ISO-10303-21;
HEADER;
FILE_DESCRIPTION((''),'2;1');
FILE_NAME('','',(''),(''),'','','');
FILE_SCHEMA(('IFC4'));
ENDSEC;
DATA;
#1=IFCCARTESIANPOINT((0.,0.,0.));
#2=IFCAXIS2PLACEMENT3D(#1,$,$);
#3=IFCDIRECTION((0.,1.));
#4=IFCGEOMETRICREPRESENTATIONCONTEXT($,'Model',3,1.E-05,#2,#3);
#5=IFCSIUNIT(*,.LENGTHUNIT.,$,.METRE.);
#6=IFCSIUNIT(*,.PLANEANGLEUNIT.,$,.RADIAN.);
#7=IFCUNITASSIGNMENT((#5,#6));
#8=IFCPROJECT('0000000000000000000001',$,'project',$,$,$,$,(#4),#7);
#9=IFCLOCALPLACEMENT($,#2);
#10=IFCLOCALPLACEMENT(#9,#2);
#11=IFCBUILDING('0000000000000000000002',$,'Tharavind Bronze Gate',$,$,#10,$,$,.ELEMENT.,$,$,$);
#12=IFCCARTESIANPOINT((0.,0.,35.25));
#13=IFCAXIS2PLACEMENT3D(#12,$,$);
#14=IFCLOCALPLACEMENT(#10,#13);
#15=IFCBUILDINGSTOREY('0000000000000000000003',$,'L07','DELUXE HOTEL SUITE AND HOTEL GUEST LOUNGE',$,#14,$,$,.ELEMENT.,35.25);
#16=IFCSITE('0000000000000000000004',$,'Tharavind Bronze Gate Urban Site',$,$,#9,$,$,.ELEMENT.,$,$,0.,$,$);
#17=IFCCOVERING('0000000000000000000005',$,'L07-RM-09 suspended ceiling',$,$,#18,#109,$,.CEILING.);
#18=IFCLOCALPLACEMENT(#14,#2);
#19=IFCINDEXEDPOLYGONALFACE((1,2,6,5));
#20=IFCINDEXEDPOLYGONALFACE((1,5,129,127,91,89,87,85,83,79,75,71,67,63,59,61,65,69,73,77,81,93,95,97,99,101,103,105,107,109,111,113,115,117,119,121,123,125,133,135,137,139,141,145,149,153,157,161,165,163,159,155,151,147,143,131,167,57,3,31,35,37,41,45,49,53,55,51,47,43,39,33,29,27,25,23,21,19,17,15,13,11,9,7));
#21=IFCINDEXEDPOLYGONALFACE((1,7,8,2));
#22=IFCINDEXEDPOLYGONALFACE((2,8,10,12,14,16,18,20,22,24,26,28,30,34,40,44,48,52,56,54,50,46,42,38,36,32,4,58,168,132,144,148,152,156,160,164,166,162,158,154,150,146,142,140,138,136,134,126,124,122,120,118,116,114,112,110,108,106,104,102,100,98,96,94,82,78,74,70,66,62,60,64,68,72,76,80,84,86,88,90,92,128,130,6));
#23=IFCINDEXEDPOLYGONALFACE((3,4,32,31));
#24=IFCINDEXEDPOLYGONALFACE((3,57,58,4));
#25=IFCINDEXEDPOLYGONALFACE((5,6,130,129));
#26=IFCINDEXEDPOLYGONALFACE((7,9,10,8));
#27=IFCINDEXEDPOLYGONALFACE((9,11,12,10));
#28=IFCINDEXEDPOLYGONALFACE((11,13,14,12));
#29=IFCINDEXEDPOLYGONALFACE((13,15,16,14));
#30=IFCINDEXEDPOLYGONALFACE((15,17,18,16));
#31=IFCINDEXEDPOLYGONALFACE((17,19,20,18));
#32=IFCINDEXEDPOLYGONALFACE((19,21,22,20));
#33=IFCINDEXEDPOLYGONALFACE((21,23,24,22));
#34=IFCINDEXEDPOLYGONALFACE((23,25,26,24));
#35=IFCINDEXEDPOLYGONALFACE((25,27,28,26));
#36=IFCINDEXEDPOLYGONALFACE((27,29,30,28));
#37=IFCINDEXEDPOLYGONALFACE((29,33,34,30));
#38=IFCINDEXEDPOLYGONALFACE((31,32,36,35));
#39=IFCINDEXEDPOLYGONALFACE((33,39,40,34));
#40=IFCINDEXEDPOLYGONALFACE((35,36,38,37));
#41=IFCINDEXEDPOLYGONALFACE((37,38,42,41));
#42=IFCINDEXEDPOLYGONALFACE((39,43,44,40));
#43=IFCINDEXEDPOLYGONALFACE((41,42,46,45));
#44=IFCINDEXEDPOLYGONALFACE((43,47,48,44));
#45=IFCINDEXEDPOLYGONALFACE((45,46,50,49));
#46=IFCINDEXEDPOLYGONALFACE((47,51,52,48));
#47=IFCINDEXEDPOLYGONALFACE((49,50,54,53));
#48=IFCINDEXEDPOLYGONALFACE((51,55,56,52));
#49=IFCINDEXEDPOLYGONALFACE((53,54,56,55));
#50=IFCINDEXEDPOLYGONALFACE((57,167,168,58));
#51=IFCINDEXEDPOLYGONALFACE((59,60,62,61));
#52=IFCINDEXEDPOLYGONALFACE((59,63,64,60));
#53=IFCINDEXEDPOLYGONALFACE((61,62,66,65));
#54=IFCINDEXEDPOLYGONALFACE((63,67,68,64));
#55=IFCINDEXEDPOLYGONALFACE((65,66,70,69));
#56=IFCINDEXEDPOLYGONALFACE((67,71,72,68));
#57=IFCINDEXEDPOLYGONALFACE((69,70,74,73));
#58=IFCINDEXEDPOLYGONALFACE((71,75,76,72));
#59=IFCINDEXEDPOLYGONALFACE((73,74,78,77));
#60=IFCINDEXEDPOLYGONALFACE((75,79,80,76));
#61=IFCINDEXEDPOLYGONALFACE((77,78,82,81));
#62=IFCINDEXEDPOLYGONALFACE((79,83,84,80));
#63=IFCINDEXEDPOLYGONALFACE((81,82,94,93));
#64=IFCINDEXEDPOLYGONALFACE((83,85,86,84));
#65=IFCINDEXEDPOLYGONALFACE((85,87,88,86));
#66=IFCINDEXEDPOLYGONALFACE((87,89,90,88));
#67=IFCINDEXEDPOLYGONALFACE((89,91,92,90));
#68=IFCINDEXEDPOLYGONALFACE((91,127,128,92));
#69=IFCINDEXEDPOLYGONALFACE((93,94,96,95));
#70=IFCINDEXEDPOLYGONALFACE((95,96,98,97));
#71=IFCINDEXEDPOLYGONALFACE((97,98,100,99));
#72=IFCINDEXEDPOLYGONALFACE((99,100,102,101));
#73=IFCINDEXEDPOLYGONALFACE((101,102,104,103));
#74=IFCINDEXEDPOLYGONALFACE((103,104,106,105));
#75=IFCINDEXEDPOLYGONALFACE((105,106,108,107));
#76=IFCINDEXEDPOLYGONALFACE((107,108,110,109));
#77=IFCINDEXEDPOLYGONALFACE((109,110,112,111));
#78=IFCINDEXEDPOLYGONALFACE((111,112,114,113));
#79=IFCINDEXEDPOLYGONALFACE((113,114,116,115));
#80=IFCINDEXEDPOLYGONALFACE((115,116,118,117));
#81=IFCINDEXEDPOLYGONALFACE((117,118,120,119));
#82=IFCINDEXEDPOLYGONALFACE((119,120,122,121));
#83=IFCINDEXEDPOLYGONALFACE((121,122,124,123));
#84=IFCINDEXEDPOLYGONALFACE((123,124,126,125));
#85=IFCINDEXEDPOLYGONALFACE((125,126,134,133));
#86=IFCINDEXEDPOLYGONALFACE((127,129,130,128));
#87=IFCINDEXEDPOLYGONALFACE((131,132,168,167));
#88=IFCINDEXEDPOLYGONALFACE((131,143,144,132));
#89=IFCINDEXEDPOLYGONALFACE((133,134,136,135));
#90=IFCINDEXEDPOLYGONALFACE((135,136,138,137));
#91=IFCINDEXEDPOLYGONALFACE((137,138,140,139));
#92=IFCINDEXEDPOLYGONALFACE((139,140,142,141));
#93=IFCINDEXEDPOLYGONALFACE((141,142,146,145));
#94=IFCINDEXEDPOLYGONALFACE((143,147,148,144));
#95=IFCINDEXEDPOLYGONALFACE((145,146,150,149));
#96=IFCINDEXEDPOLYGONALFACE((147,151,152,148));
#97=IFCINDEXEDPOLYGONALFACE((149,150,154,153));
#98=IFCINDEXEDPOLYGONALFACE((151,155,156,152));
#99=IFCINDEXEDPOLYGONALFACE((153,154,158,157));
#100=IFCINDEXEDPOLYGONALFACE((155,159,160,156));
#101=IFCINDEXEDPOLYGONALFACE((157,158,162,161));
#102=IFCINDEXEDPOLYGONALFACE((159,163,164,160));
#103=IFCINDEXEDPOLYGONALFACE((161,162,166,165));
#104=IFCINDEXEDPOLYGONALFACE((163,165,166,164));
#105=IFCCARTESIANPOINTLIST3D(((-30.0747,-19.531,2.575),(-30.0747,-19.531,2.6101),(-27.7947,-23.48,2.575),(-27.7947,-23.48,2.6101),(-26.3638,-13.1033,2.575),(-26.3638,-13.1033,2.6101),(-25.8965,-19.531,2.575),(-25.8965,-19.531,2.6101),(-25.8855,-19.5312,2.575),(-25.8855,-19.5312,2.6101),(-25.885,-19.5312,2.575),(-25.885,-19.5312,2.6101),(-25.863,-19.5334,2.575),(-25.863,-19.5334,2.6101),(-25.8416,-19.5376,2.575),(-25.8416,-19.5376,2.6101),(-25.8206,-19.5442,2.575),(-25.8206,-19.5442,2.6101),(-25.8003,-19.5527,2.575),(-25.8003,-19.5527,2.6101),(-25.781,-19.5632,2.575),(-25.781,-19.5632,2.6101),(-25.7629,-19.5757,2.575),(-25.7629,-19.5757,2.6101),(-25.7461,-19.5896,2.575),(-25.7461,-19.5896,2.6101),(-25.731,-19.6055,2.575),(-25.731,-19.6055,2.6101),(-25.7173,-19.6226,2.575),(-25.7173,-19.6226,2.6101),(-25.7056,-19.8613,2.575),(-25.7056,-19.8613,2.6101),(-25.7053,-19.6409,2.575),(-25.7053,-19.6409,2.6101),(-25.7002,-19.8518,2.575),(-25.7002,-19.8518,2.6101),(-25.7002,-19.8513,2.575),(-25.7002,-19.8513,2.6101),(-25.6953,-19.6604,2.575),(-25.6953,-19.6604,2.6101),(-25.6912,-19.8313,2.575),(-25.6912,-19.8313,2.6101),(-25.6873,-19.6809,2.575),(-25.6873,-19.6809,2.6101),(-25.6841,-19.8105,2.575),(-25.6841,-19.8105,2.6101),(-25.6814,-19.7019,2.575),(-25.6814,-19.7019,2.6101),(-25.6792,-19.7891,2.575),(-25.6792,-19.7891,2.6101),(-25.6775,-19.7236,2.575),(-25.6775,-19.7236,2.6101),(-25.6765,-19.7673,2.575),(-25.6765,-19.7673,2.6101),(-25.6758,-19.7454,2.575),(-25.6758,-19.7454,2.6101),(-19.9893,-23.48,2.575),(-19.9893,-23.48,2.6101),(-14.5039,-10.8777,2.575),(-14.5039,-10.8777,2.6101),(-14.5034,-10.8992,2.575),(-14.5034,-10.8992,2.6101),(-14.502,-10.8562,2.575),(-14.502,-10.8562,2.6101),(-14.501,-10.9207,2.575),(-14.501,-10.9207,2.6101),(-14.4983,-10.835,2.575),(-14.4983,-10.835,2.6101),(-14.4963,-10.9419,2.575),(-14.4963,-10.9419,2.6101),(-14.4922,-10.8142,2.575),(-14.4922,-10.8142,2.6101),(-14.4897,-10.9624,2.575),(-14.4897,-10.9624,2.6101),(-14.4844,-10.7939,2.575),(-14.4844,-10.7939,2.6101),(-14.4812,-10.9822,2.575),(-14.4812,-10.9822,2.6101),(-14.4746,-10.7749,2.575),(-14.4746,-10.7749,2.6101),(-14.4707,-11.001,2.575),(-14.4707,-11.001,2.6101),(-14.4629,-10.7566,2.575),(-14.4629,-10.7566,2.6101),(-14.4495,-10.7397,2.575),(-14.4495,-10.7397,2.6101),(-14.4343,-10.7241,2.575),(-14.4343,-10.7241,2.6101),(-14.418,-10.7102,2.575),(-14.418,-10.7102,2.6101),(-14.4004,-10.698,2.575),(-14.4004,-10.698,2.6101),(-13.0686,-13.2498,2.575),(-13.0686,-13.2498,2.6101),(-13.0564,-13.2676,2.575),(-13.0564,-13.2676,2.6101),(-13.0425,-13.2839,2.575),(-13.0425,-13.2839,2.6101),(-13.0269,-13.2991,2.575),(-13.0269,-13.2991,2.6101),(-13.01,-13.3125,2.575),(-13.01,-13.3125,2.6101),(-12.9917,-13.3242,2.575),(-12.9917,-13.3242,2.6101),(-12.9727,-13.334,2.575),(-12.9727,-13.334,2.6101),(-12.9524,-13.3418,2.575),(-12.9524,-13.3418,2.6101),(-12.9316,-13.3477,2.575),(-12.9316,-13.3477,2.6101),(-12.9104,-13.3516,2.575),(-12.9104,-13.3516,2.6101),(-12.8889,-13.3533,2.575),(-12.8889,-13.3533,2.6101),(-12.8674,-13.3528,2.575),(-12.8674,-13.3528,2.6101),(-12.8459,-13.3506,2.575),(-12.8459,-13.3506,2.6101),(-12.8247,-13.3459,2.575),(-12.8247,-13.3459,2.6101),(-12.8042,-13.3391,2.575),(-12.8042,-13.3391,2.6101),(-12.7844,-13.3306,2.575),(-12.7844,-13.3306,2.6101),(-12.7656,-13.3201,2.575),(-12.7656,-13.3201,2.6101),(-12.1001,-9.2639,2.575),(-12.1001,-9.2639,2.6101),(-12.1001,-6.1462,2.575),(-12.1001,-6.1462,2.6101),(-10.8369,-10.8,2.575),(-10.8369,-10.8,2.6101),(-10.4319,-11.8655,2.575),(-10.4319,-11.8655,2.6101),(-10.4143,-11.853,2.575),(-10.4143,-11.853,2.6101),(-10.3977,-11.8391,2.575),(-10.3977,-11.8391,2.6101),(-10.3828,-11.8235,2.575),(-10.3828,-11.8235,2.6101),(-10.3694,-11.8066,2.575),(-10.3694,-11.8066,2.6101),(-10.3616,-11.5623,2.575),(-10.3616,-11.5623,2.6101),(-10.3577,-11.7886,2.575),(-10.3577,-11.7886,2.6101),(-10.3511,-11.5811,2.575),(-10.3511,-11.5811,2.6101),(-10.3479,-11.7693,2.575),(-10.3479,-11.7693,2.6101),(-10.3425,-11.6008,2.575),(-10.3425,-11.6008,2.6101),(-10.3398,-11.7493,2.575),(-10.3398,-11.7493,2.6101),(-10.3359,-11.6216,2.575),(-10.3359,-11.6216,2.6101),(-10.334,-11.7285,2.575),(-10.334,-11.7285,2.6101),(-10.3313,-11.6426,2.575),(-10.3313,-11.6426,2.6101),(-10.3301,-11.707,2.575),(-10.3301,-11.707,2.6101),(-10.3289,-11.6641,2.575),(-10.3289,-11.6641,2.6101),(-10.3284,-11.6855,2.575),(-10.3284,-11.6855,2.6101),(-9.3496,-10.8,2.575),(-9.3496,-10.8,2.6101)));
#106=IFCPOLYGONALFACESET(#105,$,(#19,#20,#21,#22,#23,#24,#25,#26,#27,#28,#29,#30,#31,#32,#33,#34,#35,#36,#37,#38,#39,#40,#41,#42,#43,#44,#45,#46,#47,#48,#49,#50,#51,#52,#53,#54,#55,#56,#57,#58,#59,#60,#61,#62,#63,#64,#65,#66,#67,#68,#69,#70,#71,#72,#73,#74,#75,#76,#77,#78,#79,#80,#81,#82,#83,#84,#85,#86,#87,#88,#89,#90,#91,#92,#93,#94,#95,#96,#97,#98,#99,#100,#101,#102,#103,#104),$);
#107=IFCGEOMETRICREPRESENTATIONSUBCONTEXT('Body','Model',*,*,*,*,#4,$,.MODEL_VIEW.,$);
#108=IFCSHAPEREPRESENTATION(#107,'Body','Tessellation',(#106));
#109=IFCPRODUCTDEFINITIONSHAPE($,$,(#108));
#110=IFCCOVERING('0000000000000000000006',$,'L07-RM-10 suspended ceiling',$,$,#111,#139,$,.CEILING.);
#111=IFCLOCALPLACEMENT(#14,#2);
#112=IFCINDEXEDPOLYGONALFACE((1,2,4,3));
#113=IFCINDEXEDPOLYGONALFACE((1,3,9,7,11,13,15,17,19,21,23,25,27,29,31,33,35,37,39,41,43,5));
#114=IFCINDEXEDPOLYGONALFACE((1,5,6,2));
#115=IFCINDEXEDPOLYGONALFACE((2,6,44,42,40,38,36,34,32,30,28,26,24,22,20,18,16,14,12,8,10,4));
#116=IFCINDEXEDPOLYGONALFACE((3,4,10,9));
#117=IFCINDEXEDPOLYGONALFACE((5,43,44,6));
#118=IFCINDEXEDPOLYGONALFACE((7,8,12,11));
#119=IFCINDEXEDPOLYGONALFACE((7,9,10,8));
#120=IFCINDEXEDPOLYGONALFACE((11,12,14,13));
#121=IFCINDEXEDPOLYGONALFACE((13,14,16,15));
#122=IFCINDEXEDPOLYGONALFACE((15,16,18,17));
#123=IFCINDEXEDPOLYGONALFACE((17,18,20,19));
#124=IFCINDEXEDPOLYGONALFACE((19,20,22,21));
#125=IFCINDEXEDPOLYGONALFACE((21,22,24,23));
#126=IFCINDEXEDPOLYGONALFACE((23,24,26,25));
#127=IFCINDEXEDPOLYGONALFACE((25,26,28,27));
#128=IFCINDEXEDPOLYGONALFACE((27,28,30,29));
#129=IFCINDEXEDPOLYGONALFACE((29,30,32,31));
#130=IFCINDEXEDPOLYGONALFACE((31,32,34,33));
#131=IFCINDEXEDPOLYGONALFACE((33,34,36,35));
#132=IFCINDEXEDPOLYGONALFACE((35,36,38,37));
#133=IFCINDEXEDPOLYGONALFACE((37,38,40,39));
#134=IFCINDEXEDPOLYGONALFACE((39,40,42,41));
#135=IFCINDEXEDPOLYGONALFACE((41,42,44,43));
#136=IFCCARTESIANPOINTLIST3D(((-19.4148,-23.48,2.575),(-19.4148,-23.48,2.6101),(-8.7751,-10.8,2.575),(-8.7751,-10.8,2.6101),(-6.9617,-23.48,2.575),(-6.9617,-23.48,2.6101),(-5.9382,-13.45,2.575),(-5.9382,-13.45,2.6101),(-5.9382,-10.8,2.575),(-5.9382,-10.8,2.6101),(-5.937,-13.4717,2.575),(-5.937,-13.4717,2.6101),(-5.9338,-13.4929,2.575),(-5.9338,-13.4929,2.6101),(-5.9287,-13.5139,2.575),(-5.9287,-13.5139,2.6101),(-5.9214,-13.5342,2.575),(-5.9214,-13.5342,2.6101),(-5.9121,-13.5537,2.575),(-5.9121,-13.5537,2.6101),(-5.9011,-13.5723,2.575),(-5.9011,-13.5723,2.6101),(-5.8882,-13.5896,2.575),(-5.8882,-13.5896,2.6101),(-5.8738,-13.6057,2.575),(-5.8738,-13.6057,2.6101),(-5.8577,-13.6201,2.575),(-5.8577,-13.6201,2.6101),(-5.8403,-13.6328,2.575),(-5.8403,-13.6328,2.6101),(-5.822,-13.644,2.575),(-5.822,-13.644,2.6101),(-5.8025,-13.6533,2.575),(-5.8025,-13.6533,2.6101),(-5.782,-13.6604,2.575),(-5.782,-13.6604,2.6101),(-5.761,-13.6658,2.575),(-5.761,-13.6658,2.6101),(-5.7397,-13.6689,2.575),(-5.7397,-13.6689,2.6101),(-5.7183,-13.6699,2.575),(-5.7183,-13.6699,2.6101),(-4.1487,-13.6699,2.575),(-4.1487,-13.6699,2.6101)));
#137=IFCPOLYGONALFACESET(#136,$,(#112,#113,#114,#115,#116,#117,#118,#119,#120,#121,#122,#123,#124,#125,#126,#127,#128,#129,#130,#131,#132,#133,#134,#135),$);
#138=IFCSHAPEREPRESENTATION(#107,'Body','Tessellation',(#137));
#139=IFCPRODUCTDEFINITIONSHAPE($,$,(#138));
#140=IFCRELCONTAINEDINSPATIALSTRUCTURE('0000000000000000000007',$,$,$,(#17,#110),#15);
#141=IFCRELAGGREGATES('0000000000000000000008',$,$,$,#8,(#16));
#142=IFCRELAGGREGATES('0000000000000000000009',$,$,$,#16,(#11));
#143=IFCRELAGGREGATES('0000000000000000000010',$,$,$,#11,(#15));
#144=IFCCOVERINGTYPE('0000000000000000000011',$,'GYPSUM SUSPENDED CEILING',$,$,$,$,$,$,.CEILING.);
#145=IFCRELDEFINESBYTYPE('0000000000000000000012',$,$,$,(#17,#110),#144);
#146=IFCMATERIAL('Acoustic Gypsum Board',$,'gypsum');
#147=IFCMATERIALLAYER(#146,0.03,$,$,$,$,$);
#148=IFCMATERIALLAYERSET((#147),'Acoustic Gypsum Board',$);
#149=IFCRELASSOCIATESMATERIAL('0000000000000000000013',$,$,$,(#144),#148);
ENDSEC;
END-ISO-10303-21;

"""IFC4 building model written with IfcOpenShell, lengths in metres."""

from ifc_helpers import new_model, si_unit, direction, frame, origin, place, context, subcontext, project, spatial, polyline, outline, extrude, material, layer, layer_set, type_object, element, save


model = new_model("IFC4")

# Units and contexts
model_context = context("Model", 3, precision=1e-05, world=origin(), true_north=direction((0.0, 1.0)))
body_context = subcontext(model_context, "Body", "Model", "MODEL_VIEW")
ifc_project = project(units=[si_unit("LENGTHUNIT", "METRE"), si_unit("PLANEANGLEUNIT", "RADIAN")], contexts=[model_context])

# Site, building, storey
site_placement = place(None, origin())
site = spatial("IfcSite", under=ifc_project, at=site_placement, Name="Tharavind Bronze Gate Urban Site", CompositionType="ELEMENT", RefElevation=0.0)
building_placement = place(site_placement, origin())
building = spatial("IfcBuilding", under=site, at=building_placement, Name="Tharavind Bronze Gate", CompositionType="ELEMENT")
storey_placement = place(building_placement, frame((0.0, 0.0, 35.25)))
storey = spatial("IfcBuildingStorey", under=building, at=storey_placement, Name="L07", Description="DELUXE HOTEL SUITE AND HOTEL GUEST LOUNGE", CompositionType="ELEMENT", Elevation=35.25)

# Coverings
ifc_material_1 = material(Name="Acoustic Gypsum Board", Category="gypsum")
ifc_layer_1 = layer(ifc_material_1, 0.03)
ifc_layer_set_1 = layer_set([ifc_layer_1], Name="Acoustic Gypsum Board")
covering_type_1 = type_object("IfcCoveringType", Name="GYPSUM SUSPENDED CEILING", PredefinedType="CEILING", material=ifc_layer_set_1)
covering_1_placement = place(storey_placement, frame((0.0, 0.0, 2.575)))
element("IfcCovering", 1, at=covering_1_placement, inside=storey, type_object=covering_type_1, Name="L07-RM-09 suspended ceiling", PredefinedType="CEILING", context=body_context, shape_type="SweptSolid", body=[
    extrude(outline(polyline([(-25.8965, -19.531), (-25.8855, -19.5312), (-25.885, -19.5312), (-25.863, -19.5334), (-25.8416, -19.5376), (-25.8206, -19.5442), (-25.8003, -19.5527), (-25.781, -19.5632), (-25.7629, -19.5757), (-25.7461, -19.5896), (-25.731, -19.6055), (-25.7173, -19.6226), (-25.7053, -19.6409), (-25.6953, -19.6604), (-25.6873, -19.6809), (-25.6814, -19.7019), (-25.6775, -19.7236), (-25.6758, -19.7454), (-25.6765, -19.7673), (-25.6792, -19.7891), (-25.6841, -19.8105), (-25.6912, -19.8313), (-25.7002, -19.8513), (-25.7002, -19.8518), (-25.7056, -19.8613), (-27.7947, -23.48), (-19.9893, -23.48), (-9.3496, -10.8), (-10.8369, -10.8), (-10.3616, -11.5623), (-10.3511, -11.5811), (-10.3425, -11.6008), (-10.3359, -11.6216), (-10.3313, -11.6426), (-10.3289, -11.6641), (-10.3284, -11.6855), (-10.3301, -11.707), (-10.334, -11.7285), (-10.3398, -11.7493), (-10.3479, -11.7693), (-10.3577, -11.7886), (-10.3694, -11.8066), (-10.3828, -11.8235), (-10.3977, -11.8391), (-10.4143, -11.853), (-10.4319, -11.8655), (-12.7656, -13.3201), (-12.7844, -13.3306), (-12.8042, -13.3391), (-12.8247, -13.3459), (-12.8459, -13.3506), (-12.8674, -13.3528), (-12.8889, -13.3533), (-12.9104, -13.3516), (-12.9316, -13.3477), (-12.9524, -13.3418), (-12.9727, -13.334), (-12.9917, -13.3242), (-13.01, -13.3125), (-13.0269, -13.2991), (-13.0425, -13.2839), (-13.0564, -13.2676), (-13.0686, -13.2498), (-14.4707, -11.001), (-14.4812, -10.9822), (-14.4897, -10.9624), (-14.4963, -10.9419), (-14.501, -10.9207), (-14.5034, -10.8992), (-14.5039, -10.8777), (-14.502, -10.8562), (-14.4983, -10.835), (-14.4922, -10.8142), (-14.4844, -10.7939), (-14.4746, -10.7749), (-14.4629, -10.7566), (-14.4495, -10.7397), (-14.4343, -10.7241), (-14.418, -10.7102), (-14.4004, -10.698), (-12.1001, -9.2639), (-12.1001, -6.1462), (-26.3638, -13.1033), (-30.0747, -19.531), (-25.8965, -19.531)])), origin(), (0.0, 0.0, 1.0), 0.0352),
])
covering_2_placement = place(storey_placement, frame((0.0, 0.0, 2.575)))
element("IfcCovering", 2, at=covering_2_placement, inside=storey, type_object=covering_type_1, Name="L07-RM-10 suspended ceiling", PredefinedType="CEILING", context=body_context, shape_type="SweptSolid", body=[
    extrude(outline(polyline([(-6.9617, -23.48), (-4.1487, -13.6699), (-5.7183, -13.6699), (-5.7397, -13.6689), (-5.761, -13.6658), (-5.782, -13.6604), (-5.8025, -13.6533), (-5.822, -13.644), (-5.8403, -13.6328), (-5.8577, -13.6201), (-5.8738, -13.6057), (-5.8882, -13.5896), (-5.9011, -13.5723), (-5.9121, -13.5537), (-5.9214, -13.5342), (-5.9287, -13.5139), (-5.9338, -13.4929), (-5.937, -13.4717), (-5.9382, -13.45), (-5.9382, -10.8), (-8.7751, -10.8), (-19.4148, -23.48), (-6.9617, -23.48)])), origin(), (0.0, 0.0, 1.0), 0.0352),
])

save(model, "model.ifc")
